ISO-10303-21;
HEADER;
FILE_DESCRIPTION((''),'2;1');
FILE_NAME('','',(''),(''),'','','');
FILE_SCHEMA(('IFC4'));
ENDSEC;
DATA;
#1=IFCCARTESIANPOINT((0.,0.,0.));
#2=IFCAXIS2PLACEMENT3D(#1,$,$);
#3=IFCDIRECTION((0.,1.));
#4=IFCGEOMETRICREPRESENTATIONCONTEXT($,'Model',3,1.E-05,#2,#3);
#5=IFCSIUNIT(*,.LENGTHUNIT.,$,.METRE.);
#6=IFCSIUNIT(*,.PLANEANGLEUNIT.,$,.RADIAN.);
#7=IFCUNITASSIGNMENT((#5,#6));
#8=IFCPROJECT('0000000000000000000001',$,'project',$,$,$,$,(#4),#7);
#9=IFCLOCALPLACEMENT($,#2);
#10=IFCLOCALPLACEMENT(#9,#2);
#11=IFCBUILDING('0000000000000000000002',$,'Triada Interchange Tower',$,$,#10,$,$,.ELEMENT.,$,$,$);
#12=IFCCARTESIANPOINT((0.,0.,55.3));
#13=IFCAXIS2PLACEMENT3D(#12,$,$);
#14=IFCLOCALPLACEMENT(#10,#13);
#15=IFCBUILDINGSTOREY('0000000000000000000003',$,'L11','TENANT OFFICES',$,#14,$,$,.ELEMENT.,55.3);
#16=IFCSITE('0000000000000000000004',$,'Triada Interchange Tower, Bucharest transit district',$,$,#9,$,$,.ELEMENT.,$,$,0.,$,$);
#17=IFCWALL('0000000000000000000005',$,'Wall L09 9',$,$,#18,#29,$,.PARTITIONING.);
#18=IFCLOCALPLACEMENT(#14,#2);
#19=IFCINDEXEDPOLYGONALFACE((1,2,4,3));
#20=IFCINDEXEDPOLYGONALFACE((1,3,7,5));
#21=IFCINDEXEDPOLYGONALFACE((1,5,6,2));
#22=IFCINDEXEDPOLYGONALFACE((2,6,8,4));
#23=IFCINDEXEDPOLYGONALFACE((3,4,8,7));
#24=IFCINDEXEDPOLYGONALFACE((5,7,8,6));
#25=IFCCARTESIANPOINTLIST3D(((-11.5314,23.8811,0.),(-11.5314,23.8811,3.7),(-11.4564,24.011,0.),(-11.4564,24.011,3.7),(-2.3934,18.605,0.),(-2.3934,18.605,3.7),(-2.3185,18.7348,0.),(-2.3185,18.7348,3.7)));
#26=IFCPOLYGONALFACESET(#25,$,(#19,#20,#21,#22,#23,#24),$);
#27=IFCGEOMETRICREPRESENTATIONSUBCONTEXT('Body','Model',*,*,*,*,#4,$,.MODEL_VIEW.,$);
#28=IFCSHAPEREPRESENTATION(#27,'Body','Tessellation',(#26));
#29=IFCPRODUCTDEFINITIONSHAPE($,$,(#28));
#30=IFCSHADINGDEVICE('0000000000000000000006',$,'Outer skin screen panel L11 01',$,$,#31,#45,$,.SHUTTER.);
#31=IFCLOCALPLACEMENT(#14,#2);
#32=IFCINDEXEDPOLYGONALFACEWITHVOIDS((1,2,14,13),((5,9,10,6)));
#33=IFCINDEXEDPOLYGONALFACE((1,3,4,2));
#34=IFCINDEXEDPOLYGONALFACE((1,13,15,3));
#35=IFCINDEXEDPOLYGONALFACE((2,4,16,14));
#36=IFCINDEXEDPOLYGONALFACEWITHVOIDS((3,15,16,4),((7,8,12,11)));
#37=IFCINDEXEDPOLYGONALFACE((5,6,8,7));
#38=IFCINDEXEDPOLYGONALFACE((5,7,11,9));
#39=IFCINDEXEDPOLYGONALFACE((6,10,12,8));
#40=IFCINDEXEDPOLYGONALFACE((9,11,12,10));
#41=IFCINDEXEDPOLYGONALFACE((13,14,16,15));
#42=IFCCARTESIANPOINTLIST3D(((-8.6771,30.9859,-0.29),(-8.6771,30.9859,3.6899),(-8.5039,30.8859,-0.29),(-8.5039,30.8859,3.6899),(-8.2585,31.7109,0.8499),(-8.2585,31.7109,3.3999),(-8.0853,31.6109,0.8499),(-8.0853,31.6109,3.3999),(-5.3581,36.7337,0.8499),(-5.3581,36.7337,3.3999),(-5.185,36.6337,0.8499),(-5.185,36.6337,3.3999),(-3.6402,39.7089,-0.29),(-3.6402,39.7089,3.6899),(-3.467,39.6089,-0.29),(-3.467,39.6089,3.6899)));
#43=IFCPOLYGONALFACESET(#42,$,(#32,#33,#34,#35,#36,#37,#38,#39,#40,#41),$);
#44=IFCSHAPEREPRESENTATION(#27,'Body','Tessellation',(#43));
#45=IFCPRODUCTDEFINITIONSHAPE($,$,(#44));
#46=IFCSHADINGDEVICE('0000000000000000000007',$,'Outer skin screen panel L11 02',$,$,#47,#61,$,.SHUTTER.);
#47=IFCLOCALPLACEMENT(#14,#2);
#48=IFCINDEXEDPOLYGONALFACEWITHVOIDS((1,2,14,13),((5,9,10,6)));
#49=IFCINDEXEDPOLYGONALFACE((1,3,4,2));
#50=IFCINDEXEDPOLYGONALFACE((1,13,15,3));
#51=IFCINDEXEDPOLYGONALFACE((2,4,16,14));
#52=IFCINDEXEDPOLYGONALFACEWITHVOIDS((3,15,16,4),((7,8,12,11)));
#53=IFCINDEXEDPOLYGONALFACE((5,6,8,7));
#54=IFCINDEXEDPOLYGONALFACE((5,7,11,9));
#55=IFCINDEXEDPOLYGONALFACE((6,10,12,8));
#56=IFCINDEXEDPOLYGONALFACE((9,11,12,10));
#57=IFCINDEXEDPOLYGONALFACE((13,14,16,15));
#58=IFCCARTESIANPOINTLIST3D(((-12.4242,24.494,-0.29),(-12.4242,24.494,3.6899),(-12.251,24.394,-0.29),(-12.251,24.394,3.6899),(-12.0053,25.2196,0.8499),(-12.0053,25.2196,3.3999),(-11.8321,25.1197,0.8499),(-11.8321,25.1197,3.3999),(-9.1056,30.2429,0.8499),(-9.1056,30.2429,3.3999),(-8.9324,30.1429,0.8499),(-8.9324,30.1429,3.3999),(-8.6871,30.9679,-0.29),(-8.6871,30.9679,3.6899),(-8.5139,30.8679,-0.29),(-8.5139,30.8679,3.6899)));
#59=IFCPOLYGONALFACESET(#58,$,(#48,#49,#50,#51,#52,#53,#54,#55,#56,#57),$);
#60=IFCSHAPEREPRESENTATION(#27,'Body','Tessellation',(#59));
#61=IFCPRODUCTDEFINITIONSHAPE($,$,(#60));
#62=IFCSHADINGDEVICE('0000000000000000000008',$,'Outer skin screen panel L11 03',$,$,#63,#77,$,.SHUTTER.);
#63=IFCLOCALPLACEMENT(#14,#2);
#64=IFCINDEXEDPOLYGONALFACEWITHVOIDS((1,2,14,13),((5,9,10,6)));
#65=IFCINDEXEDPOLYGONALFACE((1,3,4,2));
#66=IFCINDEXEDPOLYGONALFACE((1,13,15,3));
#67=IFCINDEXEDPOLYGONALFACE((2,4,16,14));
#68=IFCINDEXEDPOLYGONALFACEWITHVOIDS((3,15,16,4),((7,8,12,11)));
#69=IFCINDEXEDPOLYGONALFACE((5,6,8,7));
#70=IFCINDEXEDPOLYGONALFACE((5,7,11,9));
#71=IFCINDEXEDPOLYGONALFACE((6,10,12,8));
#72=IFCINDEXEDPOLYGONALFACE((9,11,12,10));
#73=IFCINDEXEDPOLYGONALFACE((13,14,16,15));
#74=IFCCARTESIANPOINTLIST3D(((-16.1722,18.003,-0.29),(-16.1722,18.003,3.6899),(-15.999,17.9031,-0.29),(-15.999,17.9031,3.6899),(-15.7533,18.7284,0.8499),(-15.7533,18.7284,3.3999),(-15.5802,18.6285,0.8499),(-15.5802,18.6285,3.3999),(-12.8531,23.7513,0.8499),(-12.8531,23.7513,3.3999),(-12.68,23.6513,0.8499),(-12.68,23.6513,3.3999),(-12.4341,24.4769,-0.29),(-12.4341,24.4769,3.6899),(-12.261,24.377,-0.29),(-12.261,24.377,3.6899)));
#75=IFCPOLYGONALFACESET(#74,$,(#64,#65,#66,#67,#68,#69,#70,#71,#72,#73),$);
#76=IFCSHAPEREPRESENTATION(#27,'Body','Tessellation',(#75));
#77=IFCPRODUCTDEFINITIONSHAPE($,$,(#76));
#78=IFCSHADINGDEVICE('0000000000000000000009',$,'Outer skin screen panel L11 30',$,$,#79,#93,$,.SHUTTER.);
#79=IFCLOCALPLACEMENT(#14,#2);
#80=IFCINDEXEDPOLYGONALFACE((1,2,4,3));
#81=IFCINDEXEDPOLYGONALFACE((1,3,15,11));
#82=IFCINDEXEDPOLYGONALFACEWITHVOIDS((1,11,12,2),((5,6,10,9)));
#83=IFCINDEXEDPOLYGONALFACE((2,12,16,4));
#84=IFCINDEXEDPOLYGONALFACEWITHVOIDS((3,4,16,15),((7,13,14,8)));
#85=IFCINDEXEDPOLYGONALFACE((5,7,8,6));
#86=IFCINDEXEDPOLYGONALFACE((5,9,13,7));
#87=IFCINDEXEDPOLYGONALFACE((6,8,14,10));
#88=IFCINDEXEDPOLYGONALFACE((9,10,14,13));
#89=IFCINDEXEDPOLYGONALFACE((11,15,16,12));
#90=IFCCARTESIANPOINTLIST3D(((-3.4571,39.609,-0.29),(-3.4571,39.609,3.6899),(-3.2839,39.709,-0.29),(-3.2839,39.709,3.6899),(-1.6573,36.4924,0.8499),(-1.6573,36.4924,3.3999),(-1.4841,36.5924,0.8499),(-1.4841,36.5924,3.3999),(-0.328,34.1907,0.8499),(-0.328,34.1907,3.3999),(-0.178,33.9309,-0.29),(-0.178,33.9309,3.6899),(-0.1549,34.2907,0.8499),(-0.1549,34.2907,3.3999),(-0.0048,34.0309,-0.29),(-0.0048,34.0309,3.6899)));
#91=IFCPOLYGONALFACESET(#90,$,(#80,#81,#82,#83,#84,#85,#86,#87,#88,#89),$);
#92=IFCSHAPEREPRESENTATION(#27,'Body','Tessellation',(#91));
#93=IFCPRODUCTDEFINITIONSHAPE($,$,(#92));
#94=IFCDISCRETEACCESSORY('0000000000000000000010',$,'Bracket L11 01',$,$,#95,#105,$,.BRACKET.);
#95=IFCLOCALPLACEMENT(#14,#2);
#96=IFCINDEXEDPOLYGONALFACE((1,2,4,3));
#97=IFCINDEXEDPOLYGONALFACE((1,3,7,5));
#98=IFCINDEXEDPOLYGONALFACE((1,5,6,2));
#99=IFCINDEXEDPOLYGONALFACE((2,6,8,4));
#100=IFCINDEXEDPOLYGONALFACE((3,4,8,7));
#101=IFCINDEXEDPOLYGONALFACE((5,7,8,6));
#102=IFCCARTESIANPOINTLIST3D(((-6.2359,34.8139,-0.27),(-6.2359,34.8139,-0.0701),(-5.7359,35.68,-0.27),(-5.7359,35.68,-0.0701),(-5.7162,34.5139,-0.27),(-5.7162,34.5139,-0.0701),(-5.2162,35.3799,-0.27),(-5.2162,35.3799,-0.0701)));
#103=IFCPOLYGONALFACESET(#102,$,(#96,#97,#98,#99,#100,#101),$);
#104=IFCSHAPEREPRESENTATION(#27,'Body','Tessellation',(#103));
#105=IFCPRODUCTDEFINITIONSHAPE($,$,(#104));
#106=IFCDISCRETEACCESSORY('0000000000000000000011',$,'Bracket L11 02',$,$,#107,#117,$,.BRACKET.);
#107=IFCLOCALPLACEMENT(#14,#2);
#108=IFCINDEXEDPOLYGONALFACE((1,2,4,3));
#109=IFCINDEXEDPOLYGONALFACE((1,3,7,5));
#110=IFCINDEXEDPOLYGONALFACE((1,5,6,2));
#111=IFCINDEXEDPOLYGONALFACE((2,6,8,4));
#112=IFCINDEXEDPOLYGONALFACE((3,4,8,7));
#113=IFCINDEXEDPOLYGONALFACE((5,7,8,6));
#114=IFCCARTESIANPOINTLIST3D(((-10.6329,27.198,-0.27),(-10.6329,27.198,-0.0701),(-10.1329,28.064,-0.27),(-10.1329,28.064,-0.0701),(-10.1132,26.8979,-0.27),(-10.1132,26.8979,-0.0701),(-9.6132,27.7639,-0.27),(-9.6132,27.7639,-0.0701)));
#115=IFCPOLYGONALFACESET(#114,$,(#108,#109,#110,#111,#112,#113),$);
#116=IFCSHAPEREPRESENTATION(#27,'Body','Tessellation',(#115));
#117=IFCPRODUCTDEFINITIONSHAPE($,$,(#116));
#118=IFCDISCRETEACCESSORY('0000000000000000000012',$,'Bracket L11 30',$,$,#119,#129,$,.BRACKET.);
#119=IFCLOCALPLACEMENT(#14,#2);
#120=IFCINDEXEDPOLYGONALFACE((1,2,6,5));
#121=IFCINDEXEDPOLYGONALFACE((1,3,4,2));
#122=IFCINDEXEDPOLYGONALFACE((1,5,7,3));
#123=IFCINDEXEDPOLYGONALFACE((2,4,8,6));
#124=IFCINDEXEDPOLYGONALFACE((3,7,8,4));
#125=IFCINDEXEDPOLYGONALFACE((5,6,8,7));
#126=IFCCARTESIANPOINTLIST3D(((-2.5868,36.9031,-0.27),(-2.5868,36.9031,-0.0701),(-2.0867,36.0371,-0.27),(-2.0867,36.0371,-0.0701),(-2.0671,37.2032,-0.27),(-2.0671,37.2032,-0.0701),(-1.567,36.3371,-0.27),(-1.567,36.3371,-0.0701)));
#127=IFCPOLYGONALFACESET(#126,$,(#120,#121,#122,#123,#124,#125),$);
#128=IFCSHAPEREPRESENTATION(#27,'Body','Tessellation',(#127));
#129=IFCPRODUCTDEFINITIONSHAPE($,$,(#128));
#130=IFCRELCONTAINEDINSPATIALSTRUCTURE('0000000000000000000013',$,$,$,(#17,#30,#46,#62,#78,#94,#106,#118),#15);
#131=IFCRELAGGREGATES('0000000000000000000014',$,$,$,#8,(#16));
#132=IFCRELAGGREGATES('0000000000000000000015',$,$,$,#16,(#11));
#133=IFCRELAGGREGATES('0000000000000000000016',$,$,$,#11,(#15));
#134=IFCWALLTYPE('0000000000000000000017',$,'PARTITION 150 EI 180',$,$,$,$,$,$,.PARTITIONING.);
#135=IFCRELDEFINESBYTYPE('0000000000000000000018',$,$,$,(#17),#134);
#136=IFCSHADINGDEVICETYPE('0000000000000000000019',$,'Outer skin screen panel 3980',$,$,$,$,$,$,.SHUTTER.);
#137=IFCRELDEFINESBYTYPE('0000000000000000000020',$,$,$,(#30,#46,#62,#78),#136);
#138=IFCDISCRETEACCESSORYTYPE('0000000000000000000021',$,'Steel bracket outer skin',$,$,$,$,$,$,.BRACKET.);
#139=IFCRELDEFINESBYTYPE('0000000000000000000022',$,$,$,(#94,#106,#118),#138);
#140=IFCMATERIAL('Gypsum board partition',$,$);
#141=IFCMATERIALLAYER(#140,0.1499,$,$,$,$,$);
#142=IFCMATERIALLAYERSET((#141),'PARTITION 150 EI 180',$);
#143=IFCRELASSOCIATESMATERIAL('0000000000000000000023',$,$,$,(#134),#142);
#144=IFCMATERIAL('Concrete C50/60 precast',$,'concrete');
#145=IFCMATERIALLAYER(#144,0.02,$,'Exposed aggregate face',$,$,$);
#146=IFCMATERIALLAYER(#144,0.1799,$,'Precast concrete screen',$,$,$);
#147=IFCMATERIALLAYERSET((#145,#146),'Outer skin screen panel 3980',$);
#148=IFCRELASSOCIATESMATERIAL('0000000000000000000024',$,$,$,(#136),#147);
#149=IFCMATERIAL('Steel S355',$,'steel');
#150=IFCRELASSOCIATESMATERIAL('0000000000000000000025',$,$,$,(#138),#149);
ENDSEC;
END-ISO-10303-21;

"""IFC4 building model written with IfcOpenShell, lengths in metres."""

from ifc_helpers import new_model, si_unit, direction, frame, frame_2d, origin, origin_2d, place, context, subcontext, project, spatial, polyline, rectangle, outline, extrude, material, layer, layer_set, type_object, element, save


model = new_model("IFC4")

# Units and contexts
model_context = context("Model", 3, precision=1e-05, world=origin(), true_north=direction((0.0, 1.0)))
body_context = subcontext(model_context, "Body", "Model", "MODEL_VIEW")
ifc_project = project(units=[si_unit("LENGTHUNIT", "METRE"), si_unit("PLANEANGLEUNIT", "RADIAN")], contexts=[model_context])

# Site, building, storey
site_placement = place(None, origin())
site = spatial("IfcSite", under=ifc_project, at=site_placement, Name="Triada Interchange Tower, Bucharest transit district", CompositionType="ELEMENT", RefElevation=0.0)
building_placement = place(site_placement, origin())
building = spatial("IfcBuilding", under=site, at=building_placement, Name="Triada Interchange Tower", CompositionType="ELEMENT")
storey_placement = place(building_placement, frame((0.0, 0.0, 55.3)))
storey = spatial("IfcBuildingStorey", under=building, at=storey_placement, Name="L11", Description="TENANT OFFICES", CompositionType="ELEMENT", Elevation=55.3)

# Wall
ifc_material_1 = material(Name="Gypsum board partition")
ifc_layer_1 = layer(ifc_material_1, 0.1499)
ifc_layer_set_1 = layer_set([ifc_layer_1], Name="PARTITION 150 EI 180")
wall_type_1 = type_object("IfcWallType", Name="PARTITION 150 EI 180", PredefinedType="PARTITIONING", material=ifc_layer_set_1)
wall_1_placement = place(storey_placement, frame((-11.4939, 23.946, 0.0), z_axis=(0.0, 0.0, 1.0), x_axis=(0.866012, -0.500024, 0.0)))
element("IfcWall", 1, at=wall_1_placement, inside=storey, type_object=wall_type_1, Name="Wall L09 9", PredefinedType="PARTITIONING", context=body_context, shape_type="SweptSolid", body=[
    extrude(rectangle(XDim=10.5518, YDim=0.1499, at=frame_2d((5.2759, 0.0))), origin(), (0.0, 0.0, 1.0), 3.7),
])

# Shading devices
ifc_material_2 = material(Name="Concrete C50/60 precast", Category="concrete")
ifc_layer_2 = layer(ifc_material_2, 0.02, Name="Exposed aggregate face")
ifc_layer_3 = layer(ifc_material_2, 0.1799, Name="Precast concrete screen")
ifc_layer_set_2 = layer_set([ifc_layer_2, ifc_layer_3], Name="Outer skin screen panel 3980")
shading_device_type = type_object("IfcShadingDeviceType", Name="Outer skin screen panel 3980", PredefinedType="SHUTTER", material=ifc_layer_set_2)
shading_device_1_placement = place(storey_placement, frame((-3.467, 39.6089, -0.29), z_axis=(0.0, 0.0, 1.0), x_axis=(-0.500052, -0.865995, 0.0)))
element("IfcShadingDevice", 2, at=shading_device_1_placement, inside=storey, type_object=shading_device_type, Name="Outer skin screen panel L11 01", PredefinedType="SHUTTER", context=body_context, shape_type="SweptSolid", body=[
    extrude(outline(polyline([(0.0, 0.0), (10.0728, 0.0), (10.0728, 3.98), (0.0, 3.98), (0.0, 0.0)]), holes=[polyline([(3.4355, 1.1399), (3.4355, 3.6899), (9.2356, 3.6899), (9.2356, 1.1399), (3.4355, 1.1399)])]), frame((0.0, 0.0, 0.0), z_axis=(0.0, -1.0, 0.0), x_axis=(1.0, 0.0, 0.0)), (0.0, 0.0, 1.0), 0.2),
])
shading_device_2_placement = place(storey_placement, frame((-8.5139, 30.8679, -0.29), z_axis=(0.0, 0.0, 1.0), x_axis=(-0.499936, -0.866062, 0.0)))
element("IfcShadingDevice", 3, at=shading_device_2_placement, inside=storey, type_object=shading_device_type, Name="Outer skin screen panel L11 02", PredefinedType="SHUTTER", context=body_context, shape_type="SweptSolid", body=[
    extrude(outline(polyline([(0.0, 0.0), (7.4751, 0.0), (7.4751, 3.98), (0.0, 3.98), (0.0, 0.0)]), holes=[polyline([(0.8372, 1.1399), (0.8372, 3.6899), (6.6372, 3.6899), (6.6372, 1.1399), (0.8372, 1.1399)])]), frame((0.0, 0.0, 0.0), z_axis=(0.0, -1.0, 0.0), x_axis=(1.0, 0.0, 0.0)), (0.0, 0.0, 1.0), 0.2),
])
shading_device_3_placement = place(storey_placement, frame((-12.261, 24.377, -0.29), z_axis=(0.0, 0.0, 1.0), x_axis=(-0.500034, -0.866006, 0.0)))
element("IfcShadingDevice", 4, at=shading_device_3_placement, inside=storey, type_object=shading_device_type, Name="Outer skin screen panel L11 03", PredefinedType="SHUTTER", context=body_context, shape_type="SweptSolid", body=[
    extrude(outline(polyline([(0.0, 0.0), (7.4756, 0.0), (7.4756, 3.98), (0.0, 3.98), (0.0, 0.0)]), holes=[polyline([(0.8379, 1.1399), (0.8379, 3.6899), (6.6379, 3.6899), (6.6379, 1.1399), (0.8379, 1.1399)])]), frame((0.0, 0.0, 0.0), z_axis=(0.0, -1.0, 0.0), x_axis=(1.0, 0.0, 0.0)), (0.0, 0.0, 1.0), 0.2),
])
shading_device_4_placement = place(storey_placement, frame((-0.178, 33.9309, -0.29), z_axis=(0.0, 0.0, 1.0), x_axis=(-0.5001, 0.865968, 0.0)))
element("IfcShadingDevice", 5, at=shading_device_4_placement, inside=storey, type_object=shading_device_type, Name="Outer skin screen panel L11 30", PredefinedType="SHUTTER", context=body_context, shape_type="SweptSolid", body=[
    extrude(outline(polyline([(0.0, 0.0), (6.5569, 0.0), (6.5569, 3.98), (0.0, 3.98), (0.0, 0.0)]), holes=[polyline([(0.3, 1.1399), (0.3, 3.6899), (2.958, 3.6899), (2.958, 1.1399), (0.3, 1.1399)])]), frame((0.0, 0.0, 0.0), z_axis=(0.0, -1.0, 0.0), x_axis=(1.0, 0.0, 0.0)), (0.0, 0.0, 1.0), 0.2),
])

# Discrete accessories
ifc_material_3 = material(Name="Steel S355", Category="steel")
discrete_accessory_type = type_object("IfcDiscreteAccessoryType", Name="Steel bracket outer skin", PredefinedType="BRACKET", material=ifc_material_3)
for number, where, z_axis, x_axis, name in (
    (6, (-5.7261, 35.0969, -0.27), (0.0, 0.0, 1.0), (-0.866026, 0.499999, 0.0), "Bracket L11 01"),
    (7, (-10.123, 27.481, -0.27), (0.0, 0.0, 1.0), (-0.866026, 0.499999, 0.0), "Bracket L11 02"),
    (8, (-2.0769, 36.6201, -0.27), (0.0, 0.0, 1.0), (0.866012, 0.500023, 0.0), "Bracket L11 30"),
):
    element("IfcDiscreteAccessory", number, at=place(storey_placement, frame(where, z_axis=z_axis, x_axis=x_axis)), inside=storey, type_object=discrete_accessory_type, Name=name, PredefinedType="BRACKET", context=body_context, shape_type="SweptSolid", body=[
        extrude(rectangle(XDim=0.6001, YDim=1.0, at=origin_2d()), origin(), (0.0, 0.0, 1.0), 0.2),
    ])

save(model, "model.ifc")
